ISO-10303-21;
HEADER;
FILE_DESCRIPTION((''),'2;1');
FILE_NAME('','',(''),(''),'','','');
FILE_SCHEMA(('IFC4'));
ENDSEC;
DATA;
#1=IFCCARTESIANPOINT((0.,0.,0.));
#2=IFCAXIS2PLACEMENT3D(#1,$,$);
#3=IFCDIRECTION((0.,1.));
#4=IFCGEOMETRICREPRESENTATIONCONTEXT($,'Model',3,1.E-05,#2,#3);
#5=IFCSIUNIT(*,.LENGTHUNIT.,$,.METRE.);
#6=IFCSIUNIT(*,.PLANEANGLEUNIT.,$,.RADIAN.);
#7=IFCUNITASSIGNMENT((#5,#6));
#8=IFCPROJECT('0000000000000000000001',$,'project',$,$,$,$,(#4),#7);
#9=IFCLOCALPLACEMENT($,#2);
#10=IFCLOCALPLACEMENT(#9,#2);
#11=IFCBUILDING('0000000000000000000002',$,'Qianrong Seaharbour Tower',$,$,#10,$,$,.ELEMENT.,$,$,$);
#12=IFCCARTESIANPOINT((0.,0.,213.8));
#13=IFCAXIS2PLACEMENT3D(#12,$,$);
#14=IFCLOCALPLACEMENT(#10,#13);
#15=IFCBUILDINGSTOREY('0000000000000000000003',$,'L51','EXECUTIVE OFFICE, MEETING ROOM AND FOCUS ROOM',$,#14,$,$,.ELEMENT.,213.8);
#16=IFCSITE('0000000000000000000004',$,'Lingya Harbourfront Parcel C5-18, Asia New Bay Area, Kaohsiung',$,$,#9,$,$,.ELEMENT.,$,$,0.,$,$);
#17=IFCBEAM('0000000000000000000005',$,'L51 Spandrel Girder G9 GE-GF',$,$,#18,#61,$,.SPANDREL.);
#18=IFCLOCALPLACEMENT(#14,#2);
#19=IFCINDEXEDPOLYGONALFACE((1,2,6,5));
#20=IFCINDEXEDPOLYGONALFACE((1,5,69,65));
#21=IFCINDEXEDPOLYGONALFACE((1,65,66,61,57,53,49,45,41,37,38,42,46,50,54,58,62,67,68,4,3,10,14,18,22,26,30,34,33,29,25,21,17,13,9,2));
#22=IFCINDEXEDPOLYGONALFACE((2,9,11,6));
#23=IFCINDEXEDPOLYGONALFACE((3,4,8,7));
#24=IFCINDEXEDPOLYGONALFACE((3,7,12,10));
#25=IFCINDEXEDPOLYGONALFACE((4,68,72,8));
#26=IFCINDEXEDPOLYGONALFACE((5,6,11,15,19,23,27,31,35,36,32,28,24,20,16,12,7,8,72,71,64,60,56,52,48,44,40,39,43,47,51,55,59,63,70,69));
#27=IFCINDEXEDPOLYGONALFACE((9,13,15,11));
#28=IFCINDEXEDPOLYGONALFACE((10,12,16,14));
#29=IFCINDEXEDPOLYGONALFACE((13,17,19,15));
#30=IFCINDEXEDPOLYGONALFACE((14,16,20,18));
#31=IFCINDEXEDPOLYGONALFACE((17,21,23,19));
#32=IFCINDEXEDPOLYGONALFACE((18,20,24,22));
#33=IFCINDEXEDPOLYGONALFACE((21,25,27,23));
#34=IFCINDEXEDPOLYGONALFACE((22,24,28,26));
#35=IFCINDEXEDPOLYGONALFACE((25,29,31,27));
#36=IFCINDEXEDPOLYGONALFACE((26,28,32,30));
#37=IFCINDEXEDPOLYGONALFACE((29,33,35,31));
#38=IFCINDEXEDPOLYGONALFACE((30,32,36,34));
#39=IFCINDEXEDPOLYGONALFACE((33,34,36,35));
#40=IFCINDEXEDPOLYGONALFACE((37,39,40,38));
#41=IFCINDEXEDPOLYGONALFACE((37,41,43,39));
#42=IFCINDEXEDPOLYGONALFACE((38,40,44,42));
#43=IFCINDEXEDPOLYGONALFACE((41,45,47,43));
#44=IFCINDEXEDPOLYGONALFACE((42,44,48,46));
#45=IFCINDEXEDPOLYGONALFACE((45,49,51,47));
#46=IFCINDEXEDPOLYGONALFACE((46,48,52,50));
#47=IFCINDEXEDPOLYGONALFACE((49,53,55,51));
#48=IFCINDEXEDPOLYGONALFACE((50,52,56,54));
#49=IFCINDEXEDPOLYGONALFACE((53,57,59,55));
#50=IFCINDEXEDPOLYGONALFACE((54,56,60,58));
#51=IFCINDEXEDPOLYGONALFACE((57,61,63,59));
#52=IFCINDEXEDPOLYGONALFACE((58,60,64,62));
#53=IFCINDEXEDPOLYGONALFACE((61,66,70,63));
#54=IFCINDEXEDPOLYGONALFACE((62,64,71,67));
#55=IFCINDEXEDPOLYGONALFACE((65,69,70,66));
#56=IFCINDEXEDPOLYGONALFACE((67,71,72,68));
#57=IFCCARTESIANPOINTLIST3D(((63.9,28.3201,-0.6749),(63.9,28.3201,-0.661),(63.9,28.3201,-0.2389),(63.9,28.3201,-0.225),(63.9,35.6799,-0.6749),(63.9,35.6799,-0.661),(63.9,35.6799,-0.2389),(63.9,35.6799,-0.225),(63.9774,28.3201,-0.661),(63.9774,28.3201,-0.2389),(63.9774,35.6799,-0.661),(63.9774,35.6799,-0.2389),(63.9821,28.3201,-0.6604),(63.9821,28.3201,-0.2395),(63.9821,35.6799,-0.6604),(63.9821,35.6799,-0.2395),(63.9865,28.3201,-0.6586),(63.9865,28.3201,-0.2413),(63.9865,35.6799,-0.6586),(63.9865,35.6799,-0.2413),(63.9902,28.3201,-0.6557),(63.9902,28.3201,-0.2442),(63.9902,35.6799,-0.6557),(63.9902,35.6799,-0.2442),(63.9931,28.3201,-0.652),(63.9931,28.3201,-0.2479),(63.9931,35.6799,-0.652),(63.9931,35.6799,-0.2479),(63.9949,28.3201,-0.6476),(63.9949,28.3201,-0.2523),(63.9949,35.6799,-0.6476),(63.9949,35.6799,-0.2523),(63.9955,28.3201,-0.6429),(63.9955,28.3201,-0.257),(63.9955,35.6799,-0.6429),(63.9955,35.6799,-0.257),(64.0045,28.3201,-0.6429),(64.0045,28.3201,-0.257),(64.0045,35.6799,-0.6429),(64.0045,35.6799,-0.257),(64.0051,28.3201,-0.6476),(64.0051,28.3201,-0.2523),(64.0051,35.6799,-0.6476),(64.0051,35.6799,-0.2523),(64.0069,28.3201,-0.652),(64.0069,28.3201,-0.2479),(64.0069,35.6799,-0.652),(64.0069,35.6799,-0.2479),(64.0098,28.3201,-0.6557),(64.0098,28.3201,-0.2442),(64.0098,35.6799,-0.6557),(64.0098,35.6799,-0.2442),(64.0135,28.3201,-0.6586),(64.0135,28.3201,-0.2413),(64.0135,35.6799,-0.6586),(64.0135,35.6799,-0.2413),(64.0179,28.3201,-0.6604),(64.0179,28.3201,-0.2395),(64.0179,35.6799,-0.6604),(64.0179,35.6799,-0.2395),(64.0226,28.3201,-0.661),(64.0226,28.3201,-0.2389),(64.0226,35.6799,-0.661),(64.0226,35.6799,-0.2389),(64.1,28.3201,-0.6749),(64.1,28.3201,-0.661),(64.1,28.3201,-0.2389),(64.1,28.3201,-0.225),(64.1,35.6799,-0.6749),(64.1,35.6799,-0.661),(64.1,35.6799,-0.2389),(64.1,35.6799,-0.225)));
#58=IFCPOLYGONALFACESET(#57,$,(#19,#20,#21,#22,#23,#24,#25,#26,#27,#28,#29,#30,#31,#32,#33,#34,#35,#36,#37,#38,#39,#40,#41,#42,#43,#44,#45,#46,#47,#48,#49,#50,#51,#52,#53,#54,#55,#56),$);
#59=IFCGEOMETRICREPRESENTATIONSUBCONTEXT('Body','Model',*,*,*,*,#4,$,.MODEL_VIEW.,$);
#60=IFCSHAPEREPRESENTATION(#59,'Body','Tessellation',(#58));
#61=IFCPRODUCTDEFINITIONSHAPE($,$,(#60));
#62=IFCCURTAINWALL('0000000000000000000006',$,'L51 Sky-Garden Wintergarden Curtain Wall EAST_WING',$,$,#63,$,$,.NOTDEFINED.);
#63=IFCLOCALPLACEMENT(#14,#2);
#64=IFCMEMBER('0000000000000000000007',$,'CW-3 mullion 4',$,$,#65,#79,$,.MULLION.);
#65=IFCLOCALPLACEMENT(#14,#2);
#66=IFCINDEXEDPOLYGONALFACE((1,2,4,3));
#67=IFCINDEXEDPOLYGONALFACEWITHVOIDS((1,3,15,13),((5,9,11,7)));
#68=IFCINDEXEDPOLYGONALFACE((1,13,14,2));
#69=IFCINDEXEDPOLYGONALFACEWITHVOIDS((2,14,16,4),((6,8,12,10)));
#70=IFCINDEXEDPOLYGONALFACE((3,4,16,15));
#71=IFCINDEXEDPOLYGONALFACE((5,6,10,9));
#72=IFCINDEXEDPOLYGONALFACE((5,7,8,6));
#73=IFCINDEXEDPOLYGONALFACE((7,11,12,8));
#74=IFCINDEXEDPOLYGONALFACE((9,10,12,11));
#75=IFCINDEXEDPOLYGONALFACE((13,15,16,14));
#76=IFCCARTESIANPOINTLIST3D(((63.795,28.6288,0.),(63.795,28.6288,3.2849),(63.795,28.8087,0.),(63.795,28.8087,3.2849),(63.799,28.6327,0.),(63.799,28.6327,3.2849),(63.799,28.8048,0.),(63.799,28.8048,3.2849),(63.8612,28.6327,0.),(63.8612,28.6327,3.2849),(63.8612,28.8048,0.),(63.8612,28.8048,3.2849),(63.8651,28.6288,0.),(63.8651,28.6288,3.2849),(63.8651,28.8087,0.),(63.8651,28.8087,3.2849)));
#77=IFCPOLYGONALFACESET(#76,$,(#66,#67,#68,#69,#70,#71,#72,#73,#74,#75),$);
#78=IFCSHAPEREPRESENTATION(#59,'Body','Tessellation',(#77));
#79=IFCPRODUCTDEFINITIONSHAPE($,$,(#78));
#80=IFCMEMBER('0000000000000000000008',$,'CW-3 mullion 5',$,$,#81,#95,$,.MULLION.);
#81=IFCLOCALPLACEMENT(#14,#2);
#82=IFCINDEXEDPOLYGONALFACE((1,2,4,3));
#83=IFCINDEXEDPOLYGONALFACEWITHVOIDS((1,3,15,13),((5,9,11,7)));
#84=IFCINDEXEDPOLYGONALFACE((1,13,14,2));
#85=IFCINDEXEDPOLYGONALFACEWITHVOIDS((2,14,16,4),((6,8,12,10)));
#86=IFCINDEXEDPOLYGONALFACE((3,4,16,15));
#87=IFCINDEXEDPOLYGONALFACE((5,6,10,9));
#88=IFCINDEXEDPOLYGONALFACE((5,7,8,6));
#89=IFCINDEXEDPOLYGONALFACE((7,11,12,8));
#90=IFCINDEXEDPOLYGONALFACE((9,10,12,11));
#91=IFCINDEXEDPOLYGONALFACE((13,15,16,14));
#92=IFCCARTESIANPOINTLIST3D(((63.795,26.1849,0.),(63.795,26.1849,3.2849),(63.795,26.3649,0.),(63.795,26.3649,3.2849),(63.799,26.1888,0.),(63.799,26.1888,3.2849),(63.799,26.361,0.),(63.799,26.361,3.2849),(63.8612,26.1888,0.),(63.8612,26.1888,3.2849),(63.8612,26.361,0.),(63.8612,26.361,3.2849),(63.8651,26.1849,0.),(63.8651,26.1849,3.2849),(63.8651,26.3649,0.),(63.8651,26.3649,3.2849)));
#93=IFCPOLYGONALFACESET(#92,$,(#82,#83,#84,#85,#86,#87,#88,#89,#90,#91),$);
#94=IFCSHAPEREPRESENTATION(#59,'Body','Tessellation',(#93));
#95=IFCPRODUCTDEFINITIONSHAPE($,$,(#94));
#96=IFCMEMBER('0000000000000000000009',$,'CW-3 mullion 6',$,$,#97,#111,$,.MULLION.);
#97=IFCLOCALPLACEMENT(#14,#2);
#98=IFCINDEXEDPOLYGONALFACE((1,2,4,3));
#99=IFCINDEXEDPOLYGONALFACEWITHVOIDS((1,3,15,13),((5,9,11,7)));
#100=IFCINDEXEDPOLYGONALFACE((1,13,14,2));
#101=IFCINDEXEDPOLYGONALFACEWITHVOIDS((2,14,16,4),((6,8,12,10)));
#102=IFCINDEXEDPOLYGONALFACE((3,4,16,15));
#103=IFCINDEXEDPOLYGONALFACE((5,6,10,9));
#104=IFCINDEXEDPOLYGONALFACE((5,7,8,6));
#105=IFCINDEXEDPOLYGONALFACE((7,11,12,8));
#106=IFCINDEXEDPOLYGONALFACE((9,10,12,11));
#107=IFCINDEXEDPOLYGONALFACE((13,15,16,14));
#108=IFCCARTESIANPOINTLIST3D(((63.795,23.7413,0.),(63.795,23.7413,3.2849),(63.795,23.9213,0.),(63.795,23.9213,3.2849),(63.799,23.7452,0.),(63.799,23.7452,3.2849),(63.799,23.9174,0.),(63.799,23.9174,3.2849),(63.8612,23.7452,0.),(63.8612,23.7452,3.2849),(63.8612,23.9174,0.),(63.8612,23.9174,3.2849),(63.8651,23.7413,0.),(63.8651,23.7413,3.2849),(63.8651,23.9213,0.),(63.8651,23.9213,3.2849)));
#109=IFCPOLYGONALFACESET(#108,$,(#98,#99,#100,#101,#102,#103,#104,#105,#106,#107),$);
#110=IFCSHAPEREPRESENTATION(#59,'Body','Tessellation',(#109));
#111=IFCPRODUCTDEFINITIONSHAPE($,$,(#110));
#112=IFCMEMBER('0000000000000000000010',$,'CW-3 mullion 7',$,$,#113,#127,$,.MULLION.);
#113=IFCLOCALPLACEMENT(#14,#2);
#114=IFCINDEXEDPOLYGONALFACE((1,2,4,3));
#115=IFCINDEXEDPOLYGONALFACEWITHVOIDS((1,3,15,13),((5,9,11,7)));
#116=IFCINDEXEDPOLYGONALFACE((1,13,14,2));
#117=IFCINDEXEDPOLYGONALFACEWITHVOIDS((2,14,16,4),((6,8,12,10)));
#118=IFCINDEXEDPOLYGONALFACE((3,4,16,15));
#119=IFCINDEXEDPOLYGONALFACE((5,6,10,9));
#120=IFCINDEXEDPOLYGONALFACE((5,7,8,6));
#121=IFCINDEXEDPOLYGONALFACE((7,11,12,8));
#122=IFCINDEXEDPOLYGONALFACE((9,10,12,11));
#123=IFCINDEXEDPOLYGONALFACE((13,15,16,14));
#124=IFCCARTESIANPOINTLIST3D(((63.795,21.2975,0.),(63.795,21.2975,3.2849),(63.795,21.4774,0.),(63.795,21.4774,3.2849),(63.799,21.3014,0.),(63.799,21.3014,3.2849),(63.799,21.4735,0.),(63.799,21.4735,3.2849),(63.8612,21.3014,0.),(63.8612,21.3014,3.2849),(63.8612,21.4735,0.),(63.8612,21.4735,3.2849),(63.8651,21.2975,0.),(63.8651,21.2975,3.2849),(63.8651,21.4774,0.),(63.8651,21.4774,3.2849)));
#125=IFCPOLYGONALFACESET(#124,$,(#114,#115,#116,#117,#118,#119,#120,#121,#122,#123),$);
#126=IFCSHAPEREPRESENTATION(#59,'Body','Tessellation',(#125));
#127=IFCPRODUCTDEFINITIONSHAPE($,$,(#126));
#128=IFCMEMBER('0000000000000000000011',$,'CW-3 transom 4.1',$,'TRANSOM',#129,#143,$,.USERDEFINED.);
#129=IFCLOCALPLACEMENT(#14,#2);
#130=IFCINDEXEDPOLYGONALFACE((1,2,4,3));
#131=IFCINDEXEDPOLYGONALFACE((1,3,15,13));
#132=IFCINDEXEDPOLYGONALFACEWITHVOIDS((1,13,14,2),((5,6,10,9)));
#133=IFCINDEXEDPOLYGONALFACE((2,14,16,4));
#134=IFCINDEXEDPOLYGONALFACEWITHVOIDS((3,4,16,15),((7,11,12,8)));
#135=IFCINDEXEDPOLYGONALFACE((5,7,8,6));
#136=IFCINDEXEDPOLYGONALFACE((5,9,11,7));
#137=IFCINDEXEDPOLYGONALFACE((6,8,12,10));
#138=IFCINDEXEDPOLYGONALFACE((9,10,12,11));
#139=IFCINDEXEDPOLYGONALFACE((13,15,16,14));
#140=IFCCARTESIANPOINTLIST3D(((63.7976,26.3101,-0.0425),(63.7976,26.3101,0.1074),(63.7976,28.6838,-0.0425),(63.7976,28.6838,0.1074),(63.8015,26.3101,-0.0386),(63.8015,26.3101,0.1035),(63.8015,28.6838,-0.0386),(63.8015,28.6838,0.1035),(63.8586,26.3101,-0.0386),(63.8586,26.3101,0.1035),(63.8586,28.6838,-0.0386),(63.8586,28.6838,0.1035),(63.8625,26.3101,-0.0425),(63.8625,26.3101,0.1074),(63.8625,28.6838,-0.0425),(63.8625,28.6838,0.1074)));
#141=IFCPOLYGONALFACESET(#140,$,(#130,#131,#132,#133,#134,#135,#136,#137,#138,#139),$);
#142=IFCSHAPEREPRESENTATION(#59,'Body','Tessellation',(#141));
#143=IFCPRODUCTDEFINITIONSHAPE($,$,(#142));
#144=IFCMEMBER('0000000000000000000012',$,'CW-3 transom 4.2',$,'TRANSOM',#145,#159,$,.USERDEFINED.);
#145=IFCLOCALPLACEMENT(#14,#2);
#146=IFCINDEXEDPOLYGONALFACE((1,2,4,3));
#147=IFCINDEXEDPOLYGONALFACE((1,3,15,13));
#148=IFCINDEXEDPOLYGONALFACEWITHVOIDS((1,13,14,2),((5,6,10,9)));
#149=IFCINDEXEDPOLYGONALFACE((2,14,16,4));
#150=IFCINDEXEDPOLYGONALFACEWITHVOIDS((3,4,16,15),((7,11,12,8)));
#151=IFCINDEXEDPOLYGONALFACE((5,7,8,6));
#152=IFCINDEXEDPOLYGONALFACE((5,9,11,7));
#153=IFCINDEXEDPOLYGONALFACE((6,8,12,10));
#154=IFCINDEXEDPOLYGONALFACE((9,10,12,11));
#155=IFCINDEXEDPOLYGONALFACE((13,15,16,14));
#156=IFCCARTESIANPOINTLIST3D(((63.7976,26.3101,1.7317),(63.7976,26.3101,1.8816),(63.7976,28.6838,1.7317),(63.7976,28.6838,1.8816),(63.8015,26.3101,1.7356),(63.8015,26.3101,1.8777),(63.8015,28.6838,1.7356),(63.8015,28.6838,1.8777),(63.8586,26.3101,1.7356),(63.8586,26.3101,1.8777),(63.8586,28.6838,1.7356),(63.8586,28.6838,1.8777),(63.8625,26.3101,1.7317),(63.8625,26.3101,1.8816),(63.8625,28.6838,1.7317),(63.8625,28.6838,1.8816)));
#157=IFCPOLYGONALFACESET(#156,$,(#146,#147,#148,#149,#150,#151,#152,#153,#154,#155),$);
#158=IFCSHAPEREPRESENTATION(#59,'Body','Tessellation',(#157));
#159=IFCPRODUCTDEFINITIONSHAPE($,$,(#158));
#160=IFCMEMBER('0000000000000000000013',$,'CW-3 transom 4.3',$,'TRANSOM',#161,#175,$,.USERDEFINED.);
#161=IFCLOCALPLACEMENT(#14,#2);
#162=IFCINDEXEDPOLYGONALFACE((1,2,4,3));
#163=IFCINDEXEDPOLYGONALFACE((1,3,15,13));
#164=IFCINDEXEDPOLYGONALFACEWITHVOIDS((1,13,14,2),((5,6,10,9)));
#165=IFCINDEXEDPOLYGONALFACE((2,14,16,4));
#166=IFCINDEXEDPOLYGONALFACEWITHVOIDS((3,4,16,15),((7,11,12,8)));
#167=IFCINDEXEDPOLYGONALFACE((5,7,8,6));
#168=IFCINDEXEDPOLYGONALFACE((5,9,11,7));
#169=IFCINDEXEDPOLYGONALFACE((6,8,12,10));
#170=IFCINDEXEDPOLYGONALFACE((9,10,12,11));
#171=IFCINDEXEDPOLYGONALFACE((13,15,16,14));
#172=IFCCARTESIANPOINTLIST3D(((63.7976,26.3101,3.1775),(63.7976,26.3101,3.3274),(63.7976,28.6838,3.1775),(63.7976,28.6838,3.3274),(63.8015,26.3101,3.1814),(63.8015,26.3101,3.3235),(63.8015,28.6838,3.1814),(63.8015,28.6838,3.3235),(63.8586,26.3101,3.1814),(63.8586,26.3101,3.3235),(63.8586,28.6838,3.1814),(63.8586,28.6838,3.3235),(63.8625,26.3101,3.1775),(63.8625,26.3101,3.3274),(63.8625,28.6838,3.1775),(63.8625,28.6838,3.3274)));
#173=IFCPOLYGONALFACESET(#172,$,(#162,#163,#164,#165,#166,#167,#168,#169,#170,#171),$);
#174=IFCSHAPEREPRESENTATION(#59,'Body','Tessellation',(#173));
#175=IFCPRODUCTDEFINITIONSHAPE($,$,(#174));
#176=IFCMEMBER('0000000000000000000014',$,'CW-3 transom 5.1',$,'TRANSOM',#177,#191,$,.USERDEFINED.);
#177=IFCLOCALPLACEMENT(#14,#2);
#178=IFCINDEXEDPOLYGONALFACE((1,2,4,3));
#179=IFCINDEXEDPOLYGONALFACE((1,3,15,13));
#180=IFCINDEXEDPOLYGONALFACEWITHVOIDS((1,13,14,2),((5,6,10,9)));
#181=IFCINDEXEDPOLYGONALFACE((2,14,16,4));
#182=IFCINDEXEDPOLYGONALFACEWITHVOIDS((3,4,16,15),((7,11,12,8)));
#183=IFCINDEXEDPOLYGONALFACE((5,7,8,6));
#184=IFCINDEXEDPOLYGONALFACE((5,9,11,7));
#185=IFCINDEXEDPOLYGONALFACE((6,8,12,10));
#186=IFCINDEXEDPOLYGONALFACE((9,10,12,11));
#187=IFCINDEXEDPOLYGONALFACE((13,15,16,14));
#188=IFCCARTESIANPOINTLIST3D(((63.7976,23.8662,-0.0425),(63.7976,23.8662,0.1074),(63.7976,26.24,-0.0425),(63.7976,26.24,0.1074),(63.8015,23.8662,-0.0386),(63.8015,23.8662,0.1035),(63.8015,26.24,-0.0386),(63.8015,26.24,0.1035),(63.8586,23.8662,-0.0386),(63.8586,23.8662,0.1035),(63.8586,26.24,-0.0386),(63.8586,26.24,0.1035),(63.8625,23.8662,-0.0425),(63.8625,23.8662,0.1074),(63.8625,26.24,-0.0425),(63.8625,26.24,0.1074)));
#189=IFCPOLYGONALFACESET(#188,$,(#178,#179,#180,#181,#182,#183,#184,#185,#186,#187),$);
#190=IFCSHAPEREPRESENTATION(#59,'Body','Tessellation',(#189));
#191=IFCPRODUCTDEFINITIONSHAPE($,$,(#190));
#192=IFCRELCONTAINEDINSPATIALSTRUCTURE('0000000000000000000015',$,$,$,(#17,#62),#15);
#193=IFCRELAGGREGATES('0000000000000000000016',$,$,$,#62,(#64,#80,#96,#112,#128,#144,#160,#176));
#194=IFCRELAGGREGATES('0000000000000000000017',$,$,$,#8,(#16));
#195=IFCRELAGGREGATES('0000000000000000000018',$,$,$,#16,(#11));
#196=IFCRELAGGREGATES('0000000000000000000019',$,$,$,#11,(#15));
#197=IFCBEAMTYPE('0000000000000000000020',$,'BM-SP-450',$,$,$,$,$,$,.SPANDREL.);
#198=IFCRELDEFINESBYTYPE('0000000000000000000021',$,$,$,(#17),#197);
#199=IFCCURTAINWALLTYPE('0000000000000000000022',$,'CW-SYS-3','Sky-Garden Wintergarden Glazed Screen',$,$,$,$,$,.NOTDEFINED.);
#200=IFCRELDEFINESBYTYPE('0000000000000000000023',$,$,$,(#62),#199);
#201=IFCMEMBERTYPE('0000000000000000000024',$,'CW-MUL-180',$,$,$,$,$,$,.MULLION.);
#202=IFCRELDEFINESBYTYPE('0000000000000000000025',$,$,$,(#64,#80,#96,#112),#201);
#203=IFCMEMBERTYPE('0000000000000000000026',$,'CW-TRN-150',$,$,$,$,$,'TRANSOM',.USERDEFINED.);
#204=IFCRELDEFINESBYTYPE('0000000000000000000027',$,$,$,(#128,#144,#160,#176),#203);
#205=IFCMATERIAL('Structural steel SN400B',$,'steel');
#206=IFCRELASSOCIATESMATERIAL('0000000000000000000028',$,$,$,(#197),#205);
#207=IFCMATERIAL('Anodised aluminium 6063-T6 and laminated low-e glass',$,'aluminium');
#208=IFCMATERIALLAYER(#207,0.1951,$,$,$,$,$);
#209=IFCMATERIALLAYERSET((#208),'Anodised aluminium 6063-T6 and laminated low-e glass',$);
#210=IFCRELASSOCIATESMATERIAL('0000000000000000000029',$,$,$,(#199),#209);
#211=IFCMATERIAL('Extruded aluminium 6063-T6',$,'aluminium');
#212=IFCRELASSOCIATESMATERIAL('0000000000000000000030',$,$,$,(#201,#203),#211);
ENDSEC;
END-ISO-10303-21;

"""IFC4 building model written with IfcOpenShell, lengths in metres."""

from ifc_helpers import new_model, si_unit, direction, frame, origin, origin_2d, place, context, subcontext, project, spatial, hollow_rectangle, i_section, extrude, material, layer, layer_set, material_profile, profile_set, type_object, element, aggregate, save


model = new_model("IFC4")

# Units and contexts
model_context = context("Model", 3, precision=1e-05, world=origin(), true_north=direction((0.0, 1.0)))
body_context = subcontext(model_context, "Body", "Model", "MODEL_VIEW")
ifc_project = project(units=[si_unit("LENGTHUNIT", "METRE"), si_unit("PLANEANGLEUNIT", "RADIAN")], contexts=[model_context])

# Site, building, storey
site_placement = place(None, origin())
site = spatial("IfcSite", under=ifc_project, at=site_placement, Name="Lingya Harbourfront Parcel C5-18, Asia New Bay Area, Kaohsiung", CompositionType="ELEMENT", RefElevation=0.0)
building_placement = place(site_placement, origin())
building = spatial("IfcBuilding", under=site, at=building_placement, Name="Qianrong Seaharbour Tower", CompositionType="ELEMENT")
storey_placement = place(building_placement, frame((0.0, 0.0, 213.8)))
storey = spatial("IfcBuildingStorey", under=building, at=storey_placement, Name="L51", Description="EXECUTIVE OFFICE, MEETING ROOM AND FOCUS ROOM", CompositionType="ELEMENT", Elevation=213.8)

# Beam
ifc_material_1 = material(Name="Structural steel SN400B", Category="steel")
ifc_material_profile_1 = material_profile(ifc_material_1, i_section(OverallWidth=0.2, OverallDepth=0.45, WebThickness=0.009, FlangeThickness=0.0139, FilletRadius=0.0181, at=origin_2d()), Name="H450x200x9x14")
ifc_profile_set_1 = profile_set([ifc_material_profile_1], Name="Structural steel SN400B")
beam_type_1 = type_object("IfcBeamType", Name="BM-SP-450", PredefinedType="SPANDREL", material=ifc_profile_set_1)
beam_1_placement = place(storey_placement, frame((64.0, 28.3201, -0.45), z_axis=(0.0, 1.0, 0.0), x_axis=(-1.0, 0.0, 0.0)))
element("IfcBeam", 1, at=beam_1_placement, inside=storey, type_object=beam_type_1, Name="L51 Spandrel Girder G9 GE-GF", PredefinedType="SPANDREL", context=body_context, shape_type="SweptSolid", body=[
    extrude(i_section(OverallWidth=0.2, OverallDepth=0.45, WebThickness=0.009, FlangeThickness=0.0139, FilletRadius=0.0181, at=origin_2d()), origin(), (0.0, 0.0, 1.0), 7.3599),
])

# Curtain wall, members
ifc_material_2 = material(Name="Anodised aluminium 6063-T6 and laminated low-e glass", Category="aluminium")
ifc_layer_1 = layer(ifc_material_2, 0.1951)
ifc_layer_set_1 = layer_set([ifc_layer_1], Name="Anodised aluminium 6063-T6 and laminated low-e glass")
curtain_wall_type = type_object("IfcCurtainWallType", Name="CW-SYS-3", Description="Sky-Garden Wintergarden Glazed Screen", PredefinedType="NOTDEFINED", material=ifc_layer_set_1)
curtain_wall_placement = place(storey_placement, origin())
curtain_wall = element("IfcCurtainWall", 2, at=curtain_wall_placement, inside=storey, type_object=curtain_wall_type, Name="L51 Sky-Garden Wintergarden Curtain Wall EAST_WING", PredefinedType="NOTDEFINED")
ifc_material_3 = material(Name="Extruded aluminium 6063-T6", Category="aluminium")
ifc_material_profile_2 = material_profile(ifc_material_3, hollow_rectangle(XDim=0.0701, YDim=0.1799, WallThickness=0.0039, at=origin_2d()), Name="ALU-MUL-180x70x4")
ifc_profile_set_2 = profile_set([ifc_material_profile_2], Name="Extruded aluminium 6063-T6")
member_type_1 = type_object("IfcMemberType", Name="CW-MUL-180", PredefinedType="MULLION", material=ifc_profile_set_2)
member_1_placement = place(storey_placement, frame((63.8301, 28.7188, 0.0), z_axis=(0.0, 0.0, 1.0), x_axis=(1.0, 0.0, 0.0)))
member_1 = element("IfcMember", 3, at=member_1_placement, type_object=member_type_1, Name="CW-3 mullion 4", PredefinedType="MULLION", context=body_context, shape_type="SweptSolid", body=[
    extrude(hollow_rectangle(XDim=0.0701, YDim=0.1799, WallThickness=0.0039, at=origin_2d()), origin(), (0.0, 0.0, 1.0), 3.2849),
])
member_2_placement = place(storey_placement, frame((63.8301, 26.2749, 0.0), z_axis=(0.0, 0.0, 1.0), x_axis=(1.0, 0.0, 0.0)))
member_2 = element("IfcMember", 4, at=member_2_placement, type_object=member_type_1, Name="CW-3 mullion 5", PredefinedType="MULLION", context=body_context, shape_type="SweptSolid", body=[
    extrude(hollow_rectangle(XDim=0.0701, YDim=0.1799, WallThickness=0.0039, at=origin_2d()), origin(), (0.0, 0.0, 1.0), 3.2849),
])
member_3_placement = place(storey_placement, frame((63.8301, 23.8313, 0.0), z_axis=(0.0, 0.0, 1.0), x_axis=(1.0, 0.0, 0.0)))
member_3 = element("IfcMember", 5, at=member_3_placement, type_object=member_type_1, Name="CW-3 mullion 6", PredefinedType="MULLION", context=body_context, shape_type="SweptSolid", body=[
    extrude(hollow_rectangle(XDim=0.0701, YDim=0.1799, WallThickness=0.0039, at=origin_2d()), origin(), (0.0, 0.0, 1.0), 3.2849),
])
member_4_placement = place(storey_placement, frame((63.8301, 21.3875, 0.0), z_axis=(0.0, 0.0, 1.0), x_axis=(1.0, 0.0, 0.0)))
member_4 = element("IfcMember", 6, at=member_4_placement, type_object=member_type_1, Name="CW-3 mullion 7", PredefinedType="MULLION", context=body_context, shape_type="SweptSolid", body=[
    extrude(hollow_rectangle(XDim=0.0701, YDim=0.1799, WallThickness=0.0039, at=origin_2d()), origin(), (0.0, 0.0, 1.0), 3.2849),
])
ifc_material_profile_3 = material_profile(ifc_material_3, hollow_rectangle(XDim=0.0649, YDim=0.1499, WallThickness=0.0039, at=origin_2d()), Name="ALU-TRN-150x65x4")
ifc_profile_set_3 = profile_set([ifc_material_profile_3], Name="Extruded aluminium 6063-T6")
member_type_2 = type_object("IfcMemberType", Name="CW-TRN-150", ElementType="TRANSOM", PredefinedType="USERDEFINED", material=ifc_profile_set_3)
member_5_placement = place(storey_placement, frame((63.8301, 28.6838, 0.0325), z_axis=(0.0, -1.0, 0.0), x_axis=(1.0, 0.0, 0.0)))
member_5 = element("IfcMember", 7, at=member_5_placement, type_object=member_type_2, Name="CW-3 transom 4.1", ObjectType="TRANSOM", PredefinedType="USERDEFINED", context=body_context, shape_type="SweptSolid", body=[
    extrude(hollow_rectangle(XDim=0.0649, YDim=0.1499, WallThickness=0.0039, at=origin_2d()), origin(), (0.0, 0.0, 1.0), 2.3738),
])
member_6_placement = place(storey_placement, frame((63.8301, 28.6838, 1.8066), z_axis=(0.0, -1.0, 0.0), x_axis=(1.0, 0.0, 0.0)))
member_6 = element("IfcMember", 8, at=member_6_placement, type_object=member_type_2, Name="CW-3 transom 4.2", ObjectType="TRANSOM", PredefinedType="USERDEFINED", context=body_context, shape_type="SweptSolid", body=[
    extrude(hollow_rectangle(XDim=0.0649, YDim=0.1499, WallThickness=0.0039, at=origin_2d()), origin(), (0.0, 0.0, 1.0), 2.3738),
])
member_7_placement = place(storey_placement, frame((63.8301, 28.6838, 3.2524), z_axis=(0.0, -1.0, 0.0), x_axis=(1.0, 0.0, 0.0)))
member_7 = element("IfcMember", 9, at=member_7_placement, type_object=member_type_2, Name="CW-3 transom 4.3", ObjectType="TRANSOM", PredefinedType="USERDEFINED", context=body_context, shape_type="SweptSolid", body=[
    extrude(hollow_rectangle(XDim=0.0649, YDim=0.1499, WallThickness=0.0039, at=origin_2d()), origin(), (0.0, 0.0, 1.0), 2.3738),
])
member_8_placement = place(storey_placement, frame((63.8301, 26.24, 0.0325), z_axis=(0.0, -1.0, 0.0), x_axis=(1.0, 0.0, 0.0)))
member_8 = element("IfcMember", 10, at=member_8_placement, type_object=member_type_2, Name="CW-3 transom 5.1", ObjectType="TRANSOM", PredefinedType="USERDEFINED", context=body_context, shape_type="SweptSolid", body=[
    extrude(hollow_rectangle(XDim=0.0649, YDim=0.1499, WallThickness=0.0039, at=origin_2d()), origin(), (0.0, 0.0, 1.0), 2.3738),
])
aggregate(curtain_wall, [member_1, member_2, member_3, member_4, member_5, member_6, member_7, member_8])

save(model, "model.ifc")
